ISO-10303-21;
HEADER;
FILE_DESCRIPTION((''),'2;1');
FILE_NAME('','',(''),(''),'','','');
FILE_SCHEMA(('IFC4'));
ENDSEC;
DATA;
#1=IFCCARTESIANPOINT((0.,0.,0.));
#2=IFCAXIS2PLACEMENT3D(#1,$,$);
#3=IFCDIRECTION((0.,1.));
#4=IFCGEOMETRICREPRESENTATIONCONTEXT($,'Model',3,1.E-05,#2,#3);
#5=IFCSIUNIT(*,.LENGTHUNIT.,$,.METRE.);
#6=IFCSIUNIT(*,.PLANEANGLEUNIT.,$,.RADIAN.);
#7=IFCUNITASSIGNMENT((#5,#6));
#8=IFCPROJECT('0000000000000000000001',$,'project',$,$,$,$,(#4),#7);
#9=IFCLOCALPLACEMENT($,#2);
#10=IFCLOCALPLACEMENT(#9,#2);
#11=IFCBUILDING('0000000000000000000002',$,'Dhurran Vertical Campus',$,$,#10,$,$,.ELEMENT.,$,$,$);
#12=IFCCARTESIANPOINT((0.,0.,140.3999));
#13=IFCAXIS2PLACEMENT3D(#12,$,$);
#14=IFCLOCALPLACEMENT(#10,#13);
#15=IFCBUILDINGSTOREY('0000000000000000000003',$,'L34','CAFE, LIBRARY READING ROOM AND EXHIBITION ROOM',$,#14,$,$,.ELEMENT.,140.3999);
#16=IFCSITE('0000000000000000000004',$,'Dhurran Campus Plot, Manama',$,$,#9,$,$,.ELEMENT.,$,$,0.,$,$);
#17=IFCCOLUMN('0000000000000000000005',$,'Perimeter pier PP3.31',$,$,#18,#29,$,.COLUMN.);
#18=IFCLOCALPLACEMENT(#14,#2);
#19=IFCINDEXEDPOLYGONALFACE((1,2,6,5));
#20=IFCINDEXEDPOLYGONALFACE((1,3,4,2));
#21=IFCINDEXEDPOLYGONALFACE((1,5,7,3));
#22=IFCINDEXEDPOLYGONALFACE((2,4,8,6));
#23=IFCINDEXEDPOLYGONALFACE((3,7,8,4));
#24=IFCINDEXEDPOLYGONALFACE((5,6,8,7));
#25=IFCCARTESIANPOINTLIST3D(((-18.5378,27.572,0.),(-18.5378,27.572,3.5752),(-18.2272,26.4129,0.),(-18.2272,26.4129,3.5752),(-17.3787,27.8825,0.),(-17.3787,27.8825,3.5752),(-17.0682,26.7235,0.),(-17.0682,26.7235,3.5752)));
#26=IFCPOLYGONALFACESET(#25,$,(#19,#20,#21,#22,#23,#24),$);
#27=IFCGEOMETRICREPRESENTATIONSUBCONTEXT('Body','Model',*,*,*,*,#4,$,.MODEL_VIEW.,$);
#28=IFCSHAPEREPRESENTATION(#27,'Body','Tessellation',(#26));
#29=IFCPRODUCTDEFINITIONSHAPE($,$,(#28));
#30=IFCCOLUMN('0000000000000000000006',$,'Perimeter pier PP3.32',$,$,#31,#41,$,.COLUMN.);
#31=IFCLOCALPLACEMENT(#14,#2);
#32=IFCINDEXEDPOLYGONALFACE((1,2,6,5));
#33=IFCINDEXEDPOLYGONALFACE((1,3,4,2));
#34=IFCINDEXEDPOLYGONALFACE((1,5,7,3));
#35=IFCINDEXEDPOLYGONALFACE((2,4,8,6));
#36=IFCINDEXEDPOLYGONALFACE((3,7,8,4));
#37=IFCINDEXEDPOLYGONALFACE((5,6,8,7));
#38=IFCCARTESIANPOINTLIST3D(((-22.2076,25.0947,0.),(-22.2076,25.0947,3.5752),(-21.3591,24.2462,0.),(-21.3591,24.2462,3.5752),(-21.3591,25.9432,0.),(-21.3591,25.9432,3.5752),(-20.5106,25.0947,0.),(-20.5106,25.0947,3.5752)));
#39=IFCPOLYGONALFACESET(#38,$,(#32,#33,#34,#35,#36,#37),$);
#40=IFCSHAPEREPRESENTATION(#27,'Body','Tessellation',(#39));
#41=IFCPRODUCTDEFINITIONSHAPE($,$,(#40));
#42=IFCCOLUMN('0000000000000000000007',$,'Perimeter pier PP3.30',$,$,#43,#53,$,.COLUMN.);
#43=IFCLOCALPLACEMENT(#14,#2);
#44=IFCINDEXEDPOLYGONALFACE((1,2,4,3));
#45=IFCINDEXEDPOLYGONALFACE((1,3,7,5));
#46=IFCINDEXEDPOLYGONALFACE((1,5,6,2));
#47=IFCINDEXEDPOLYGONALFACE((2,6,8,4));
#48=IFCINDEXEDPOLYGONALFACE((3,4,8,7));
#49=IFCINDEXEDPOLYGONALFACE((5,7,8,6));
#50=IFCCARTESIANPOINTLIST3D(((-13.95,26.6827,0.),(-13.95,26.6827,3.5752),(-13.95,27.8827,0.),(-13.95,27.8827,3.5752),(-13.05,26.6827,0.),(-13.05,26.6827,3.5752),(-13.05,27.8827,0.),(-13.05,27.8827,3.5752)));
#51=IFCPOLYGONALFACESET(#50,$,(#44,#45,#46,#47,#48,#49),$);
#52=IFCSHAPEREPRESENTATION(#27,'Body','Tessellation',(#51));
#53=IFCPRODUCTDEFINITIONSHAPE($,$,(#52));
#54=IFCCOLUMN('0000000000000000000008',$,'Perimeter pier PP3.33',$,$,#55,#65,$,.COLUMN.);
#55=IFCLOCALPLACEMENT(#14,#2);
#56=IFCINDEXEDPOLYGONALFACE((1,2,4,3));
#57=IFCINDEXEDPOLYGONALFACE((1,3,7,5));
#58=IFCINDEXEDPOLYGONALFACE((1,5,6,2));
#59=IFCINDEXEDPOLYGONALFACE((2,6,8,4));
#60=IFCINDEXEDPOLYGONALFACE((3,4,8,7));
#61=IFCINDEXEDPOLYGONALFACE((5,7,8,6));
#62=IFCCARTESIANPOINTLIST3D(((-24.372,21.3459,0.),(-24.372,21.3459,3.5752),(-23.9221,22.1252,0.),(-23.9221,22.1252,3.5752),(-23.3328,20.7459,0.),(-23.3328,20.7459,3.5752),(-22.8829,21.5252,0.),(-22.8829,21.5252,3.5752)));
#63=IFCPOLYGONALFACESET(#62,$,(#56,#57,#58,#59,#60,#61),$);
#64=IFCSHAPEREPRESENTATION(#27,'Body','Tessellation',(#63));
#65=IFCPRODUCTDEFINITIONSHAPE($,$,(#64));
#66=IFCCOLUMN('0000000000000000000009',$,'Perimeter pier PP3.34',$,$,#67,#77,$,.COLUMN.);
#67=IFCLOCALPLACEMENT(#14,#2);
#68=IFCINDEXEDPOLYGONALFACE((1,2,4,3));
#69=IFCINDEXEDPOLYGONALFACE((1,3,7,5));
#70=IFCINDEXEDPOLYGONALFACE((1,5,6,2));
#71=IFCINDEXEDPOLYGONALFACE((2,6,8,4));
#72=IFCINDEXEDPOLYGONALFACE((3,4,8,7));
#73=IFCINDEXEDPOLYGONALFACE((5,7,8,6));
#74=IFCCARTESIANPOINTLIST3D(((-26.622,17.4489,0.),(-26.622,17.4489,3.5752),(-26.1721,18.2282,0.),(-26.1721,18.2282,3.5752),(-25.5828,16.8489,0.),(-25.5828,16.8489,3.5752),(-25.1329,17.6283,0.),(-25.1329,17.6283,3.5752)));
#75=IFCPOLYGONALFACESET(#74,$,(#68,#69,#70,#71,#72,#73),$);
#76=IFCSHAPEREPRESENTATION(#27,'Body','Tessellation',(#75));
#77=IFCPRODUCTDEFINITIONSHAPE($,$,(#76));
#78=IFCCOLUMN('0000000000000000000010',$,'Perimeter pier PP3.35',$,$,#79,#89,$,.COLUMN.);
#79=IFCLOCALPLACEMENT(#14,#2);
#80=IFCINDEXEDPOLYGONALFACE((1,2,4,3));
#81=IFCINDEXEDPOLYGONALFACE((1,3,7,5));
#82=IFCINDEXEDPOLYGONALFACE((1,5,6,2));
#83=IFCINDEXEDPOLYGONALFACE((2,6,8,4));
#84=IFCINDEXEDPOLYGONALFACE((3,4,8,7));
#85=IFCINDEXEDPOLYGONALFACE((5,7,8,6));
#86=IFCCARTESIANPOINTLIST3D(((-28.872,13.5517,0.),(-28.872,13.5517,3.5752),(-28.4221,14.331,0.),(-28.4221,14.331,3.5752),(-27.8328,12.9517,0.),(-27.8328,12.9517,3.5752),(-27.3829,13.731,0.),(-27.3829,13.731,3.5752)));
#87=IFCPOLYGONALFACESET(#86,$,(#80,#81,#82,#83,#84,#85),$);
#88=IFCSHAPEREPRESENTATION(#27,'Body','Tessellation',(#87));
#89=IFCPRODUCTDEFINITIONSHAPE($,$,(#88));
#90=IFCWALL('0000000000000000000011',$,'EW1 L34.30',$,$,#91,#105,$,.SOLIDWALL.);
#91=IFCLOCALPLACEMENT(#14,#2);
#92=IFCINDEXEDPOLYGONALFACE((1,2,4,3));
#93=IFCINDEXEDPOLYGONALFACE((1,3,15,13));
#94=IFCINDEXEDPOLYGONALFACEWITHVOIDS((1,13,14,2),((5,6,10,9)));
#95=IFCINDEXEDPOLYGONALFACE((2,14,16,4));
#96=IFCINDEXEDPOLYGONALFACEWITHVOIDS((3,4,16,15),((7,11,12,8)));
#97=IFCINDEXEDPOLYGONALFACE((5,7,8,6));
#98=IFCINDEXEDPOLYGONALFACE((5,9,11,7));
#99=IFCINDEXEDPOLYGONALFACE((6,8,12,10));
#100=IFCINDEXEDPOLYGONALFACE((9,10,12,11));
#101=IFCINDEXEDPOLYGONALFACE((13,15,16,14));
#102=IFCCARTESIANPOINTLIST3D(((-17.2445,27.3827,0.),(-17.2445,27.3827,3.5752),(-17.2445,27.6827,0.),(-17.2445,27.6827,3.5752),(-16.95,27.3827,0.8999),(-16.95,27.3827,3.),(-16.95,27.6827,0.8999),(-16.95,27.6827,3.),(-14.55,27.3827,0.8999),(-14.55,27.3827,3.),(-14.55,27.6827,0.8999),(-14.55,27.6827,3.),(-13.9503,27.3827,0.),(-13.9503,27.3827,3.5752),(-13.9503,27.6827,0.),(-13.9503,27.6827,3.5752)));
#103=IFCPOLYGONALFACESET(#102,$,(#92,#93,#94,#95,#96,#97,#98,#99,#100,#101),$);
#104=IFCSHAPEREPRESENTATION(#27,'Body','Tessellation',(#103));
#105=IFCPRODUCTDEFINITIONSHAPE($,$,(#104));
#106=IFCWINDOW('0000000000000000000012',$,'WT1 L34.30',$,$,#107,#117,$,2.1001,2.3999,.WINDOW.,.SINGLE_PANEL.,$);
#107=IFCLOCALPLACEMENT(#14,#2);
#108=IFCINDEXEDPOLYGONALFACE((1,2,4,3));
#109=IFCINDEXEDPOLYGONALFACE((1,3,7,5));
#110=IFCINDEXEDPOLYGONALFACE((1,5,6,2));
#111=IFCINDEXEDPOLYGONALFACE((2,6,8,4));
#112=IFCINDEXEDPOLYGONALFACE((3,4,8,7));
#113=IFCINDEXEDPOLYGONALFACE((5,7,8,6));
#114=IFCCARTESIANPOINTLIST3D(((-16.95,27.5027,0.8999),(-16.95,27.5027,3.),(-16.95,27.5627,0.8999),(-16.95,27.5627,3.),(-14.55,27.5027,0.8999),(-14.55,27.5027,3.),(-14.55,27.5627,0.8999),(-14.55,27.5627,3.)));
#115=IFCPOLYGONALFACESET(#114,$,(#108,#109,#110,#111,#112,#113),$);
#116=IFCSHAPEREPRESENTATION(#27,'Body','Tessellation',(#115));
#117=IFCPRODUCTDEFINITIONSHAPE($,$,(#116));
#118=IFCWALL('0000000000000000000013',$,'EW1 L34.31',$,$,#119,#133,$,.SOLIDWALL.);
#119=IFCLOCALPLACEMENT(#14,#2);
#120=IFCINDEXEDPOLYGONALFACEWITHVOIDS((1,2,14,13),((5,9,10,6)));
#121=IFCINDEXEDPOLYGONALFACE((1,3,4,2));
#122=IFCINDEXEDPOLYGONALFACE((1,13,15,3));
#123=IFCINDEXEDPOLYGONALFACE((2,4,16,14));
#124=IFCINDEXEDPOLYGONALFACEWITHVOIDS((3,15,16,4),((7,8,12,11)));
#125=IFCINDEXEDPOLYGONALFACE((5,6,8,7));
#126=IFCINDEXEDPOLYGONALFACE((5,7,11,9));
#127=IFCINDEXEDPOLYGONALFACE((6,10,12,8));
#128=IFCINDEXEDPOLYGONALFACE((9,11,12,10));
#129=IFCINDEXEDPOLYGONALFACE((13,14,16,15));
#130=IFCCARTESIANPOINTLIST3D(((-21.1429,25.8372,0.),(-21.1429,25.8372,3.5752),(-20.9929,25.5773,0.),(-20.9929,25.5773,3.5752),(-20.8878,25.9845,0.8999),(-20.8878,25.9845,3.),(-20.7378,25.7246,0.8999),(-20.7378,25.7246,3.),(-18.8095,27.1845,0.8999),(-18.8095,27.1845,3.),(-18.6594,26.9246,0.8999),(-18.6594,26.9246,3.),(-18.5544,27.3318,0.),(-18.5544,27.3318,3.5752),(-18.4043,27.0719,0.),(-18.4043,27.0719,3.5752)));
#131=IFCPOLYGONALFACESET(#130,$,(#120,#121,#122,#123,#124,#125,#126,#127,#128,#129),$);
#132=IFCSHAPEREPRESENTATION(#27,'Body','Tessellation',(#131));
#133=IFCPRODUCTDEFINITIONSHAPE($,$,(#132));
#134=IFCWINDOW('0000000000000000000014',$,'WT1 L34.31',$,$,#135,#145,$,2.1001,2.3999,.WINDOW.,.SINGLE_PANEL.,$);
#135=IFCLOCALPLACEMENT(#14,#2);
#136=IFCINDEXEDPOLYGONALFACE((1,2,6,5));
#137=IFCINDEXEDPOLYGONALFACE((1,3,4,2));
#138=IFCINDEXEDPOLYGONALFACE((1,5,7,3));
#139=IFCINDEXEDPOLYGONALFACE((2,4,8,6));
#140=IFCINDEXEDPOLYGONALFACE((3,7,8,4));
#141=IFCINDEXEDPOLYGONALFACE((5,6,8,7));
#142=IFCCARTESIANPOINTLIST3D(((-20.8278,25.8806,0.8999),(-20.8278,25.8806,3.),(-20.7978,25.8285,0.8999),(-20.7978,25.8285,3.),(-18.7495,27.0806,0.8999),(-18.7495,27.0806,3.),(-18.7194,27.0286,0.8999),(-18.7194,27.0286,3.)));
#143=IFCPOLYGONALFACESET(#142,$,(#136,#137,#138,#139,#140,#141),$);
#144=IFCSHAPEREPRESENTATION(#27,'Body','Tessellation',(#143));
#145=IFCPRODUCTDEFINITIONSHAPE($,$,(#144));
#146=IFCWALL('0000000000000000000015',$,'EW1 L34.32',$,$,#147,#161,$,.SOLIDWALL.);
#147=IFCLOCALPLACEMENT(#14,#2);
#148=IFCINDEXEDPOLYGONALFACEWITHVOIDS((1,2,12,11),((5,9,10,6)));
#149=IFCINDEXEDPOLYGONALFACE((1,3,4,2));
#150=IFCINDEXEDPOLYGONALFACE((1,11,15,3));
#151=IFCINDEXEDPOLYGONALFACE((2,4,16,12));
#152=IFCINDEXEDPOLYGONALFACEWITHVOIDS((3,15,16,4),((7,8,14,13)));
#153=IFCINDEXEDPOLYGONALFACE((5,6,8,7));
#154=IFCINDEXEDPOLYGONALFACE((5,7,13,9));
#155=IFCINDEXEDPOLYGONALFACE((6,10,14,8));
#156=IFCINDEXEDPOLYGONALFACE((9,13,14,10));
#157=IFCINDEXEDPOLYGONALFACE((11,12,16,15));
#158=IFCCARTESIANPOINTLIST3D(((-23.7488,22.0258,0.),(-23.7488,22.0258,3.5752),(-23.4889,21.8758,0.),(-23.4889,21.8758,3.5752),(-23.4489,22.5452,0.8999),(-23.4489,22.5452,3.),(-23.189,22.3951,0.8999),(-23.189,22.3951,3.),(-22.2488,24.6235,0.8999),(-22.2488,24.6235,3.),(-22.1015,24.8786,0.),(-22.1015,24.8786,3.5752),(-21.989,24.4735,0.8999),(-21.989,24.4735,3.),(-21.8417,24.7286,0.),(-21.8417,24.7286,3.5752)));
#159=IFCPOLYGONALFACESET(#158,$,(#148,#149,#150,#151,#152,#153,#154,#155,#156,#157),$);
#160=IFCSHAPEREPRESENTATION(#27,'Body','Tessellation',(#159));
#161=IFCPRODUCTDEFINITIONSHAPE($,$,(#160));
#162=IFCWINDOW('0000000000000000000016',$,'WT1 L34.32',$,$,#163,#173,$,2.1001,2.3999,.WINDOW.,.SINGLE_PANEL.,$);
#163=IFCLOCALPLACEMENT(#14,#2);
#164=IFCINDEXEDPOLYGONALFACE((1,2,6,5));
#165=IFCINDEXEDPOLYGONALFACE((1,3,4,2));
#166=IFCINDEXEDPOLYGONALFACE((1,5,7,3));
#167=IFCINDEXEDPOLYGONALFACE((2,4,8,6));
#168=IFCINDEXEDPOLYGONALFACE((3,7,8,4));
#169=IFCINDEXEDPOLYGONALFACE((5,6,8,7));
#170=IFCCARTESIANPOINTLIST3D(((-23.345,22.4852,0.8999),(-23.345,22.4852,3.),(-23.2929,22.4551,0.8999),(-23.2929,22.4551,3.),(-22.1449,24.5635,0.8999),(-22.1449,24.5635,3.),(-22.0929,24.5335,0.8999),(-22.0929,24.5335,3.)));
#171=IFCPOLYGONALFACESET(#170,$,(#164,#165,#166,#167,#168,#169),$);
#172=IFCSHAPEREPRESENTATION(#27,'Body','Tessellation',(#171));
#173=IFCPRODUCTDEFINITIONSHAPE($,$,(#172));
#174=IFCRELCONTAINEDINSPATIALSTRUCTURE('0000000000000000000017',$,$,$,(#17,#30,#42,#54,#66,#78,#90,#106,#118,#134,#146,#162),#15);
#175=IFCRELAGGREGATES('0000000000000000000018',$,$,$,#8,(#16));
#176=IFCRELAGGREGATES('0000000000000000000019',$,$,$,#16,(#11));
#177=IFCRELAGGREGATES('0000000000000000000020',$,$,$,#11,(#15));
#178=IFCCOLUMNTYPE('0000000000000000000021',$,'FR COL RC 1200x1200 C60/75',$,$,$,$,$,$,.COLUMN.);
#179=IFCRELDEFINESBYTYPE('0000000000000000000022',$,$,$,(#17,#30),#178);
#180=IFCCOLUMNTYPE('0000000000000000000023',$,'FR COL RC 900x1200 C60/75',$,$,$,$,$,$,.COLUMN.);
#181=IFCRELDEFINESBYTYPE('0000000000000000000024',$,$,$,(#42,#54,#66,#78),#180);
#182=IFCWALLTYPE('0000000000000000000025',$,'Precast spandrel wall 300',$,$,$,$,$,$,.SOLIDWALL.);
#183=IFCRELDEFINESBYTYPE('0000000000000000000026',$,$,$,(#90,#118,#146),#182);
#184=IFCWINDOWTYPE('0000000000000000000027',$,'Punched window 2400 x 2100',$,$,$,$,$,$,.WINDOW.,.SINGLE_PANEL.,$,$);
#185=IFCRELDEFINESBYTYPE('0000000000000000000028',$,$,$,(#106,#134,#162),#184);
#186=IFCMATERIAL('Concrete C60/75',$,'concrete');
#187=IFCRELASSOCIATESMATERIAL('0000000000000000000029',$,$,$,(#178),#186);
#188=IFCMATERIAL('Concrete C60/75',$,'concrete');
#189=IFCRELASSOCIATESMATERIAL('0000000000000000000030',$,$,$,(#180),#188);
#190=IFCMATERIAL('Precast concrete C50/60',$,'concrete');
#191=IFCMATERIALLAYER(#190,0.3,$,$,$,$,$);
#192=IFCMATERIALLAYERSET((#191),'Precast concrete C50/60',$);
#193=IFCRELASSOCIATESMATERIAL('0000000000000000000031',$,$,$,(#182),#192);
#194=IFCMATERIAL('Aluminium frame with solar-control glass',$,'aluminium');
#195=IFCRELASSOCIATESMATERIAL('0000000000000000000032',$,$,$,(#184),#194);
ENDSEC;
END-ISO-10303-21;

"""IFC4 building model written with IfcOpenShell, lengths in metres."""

from ifc_helpers import new_model, si_unit, direction, frame, frame_2d, origin, origin_2d, place, context, subcontext, project, spatial, rectangle, extrude, material, layer, layer_set, material_profile, profile_set, type_object, element, fill, save


model = new_model("IFC4")

# Units and contexts
model_context = context("Model", 3, precision=1e-05, world=origin(), true_north=direction((0.0, 1.0)))
body_context = subcontext(model_context, "Body", "Model", "MODEL_VIEW")
ifc_project = project(units=[si_unit("LENGTHUNIT", "METRE"), si_unit("PLANEANGLEUNIT", "RADIAN")], contexts=[model_context])

# Site, building, storey
site_placement = place(None, origin())
site = spatial("IfcSite", under=ifc_project, at=site_placement, Name="Dhurran Campus Plot, Manama", CompositionType="ELEMENT", RefElevation=0.0)
building_placement = place(site_placement, origin())
building = spatial("IfcBuilding", under=site, at=building_placement, Name="Dhurran Vertical Campus", CompositionType="ELEMENT")
storey_placement = place(building_placement, frame((0.0, 0.0, 140.3999)))
storey = spatial("IfcBuildingStorey", under=building, at=storey_placement, Name="L34", Description="CAFE, LIBRARY READING ROOM AND EXHIBITION ROOM", CompositionType="ELEMENT", Elevation=140.3999)

# Columns
ifc_material_1 = material(Name="Concrete C60/75", Category="concrete")
ifc_material_profile_1 = material_profile(ifc_material_1, rectangle(XDim=1.2, YDim=1.2, at=origin_2d()), Name="RC 1200x1200")
ifc_profile_set_1 = profile_set([ifc_material_profile_1], Name="Concrete C60/75")
column_type_1 = type_object("IfcColumnType", Name="FR COL RC 1200x1200 C60/75", PredefinedType="COLUMN", material=ifc_profile_set_1)
for number, where, z_axis, x_axis, name in (
    (1, (-17.803, 27.1477, 0.0), (0.0, 0.0, 1.0), (-0.965926, -0.258819, 0.0), "Perimeter pier PP3.31"),
    (2, (-21.3591, 25.0947, 0.0), (0.0, 0.0, 1.0), (-0.707107, -0.707107, 0.0), "Perimeter pier PP3.32"),
):
    element("IfcColumn", number, at=place(storey_placement, frame(where, z_axis=z_axis, x_axis=x_axis)), inside=storey, type_object=column_type_1, Name=name, PredefinedType="COLUMN", context=body_context, shape_type="SweptSolid", body=[
        extrude(rectangle(XDim=1.2, YDim=1.2, at=origin_2d()), origin(), (0.0, 0.0, 1.0), 3.5752),
    ])
ifc_material_2 = material(Name="Concrete C60/75", Category="concrete")
ifc_material_profile_2 = material_profile(ifc_material_2, rectangle(XDim=0.8999, YDim=1.2, at=origin_2d()), Name="RC 900x1200")
ifc_profile_set_2 = profile_set([ifc_material_profile_2], Name="Concrete C60/75")
column_type_2 = type_object("IfcColumnType", Name="FR COL RC 900x1200 C60/75", PredefinedType="COLUMN", material=ifc_profile_set_2)
for number, where, z_axis, x_axis, name in (
    (3, (-13.5, 27.2827, 0.0), (0.0, 0.0, 1.0), (-1.0, 0.0, 0.0), "Perimeter pier PP3.30"),
    (4, (-23.6274, 21.4355, 0.0), (0.0, 0.0, 1.0), (-0.5, -0.866025, 0.0), "Perimeter pier PP3.33"),
    (5, (-25.8774, 17.5386, 0.0), (0.0, 0.0, 1.0), (-0.5, -0.866025, 0.0), "Perimeter pier PP3.34"),
    (6, (-28.1274, 13.6414, 0.0), (0.0, 0.0, 1.0), (-0.5, -0.866025, 0.0), "Perimeter pier PP3.35"),
):
    element("IfcColumn", number, at=place(storey_placement, frame(where, z_axis=z_axis, x_axis=x_axis)), inside=storey, type_object=column_type_2, Name=name, PredefinedType="COLUMN", context=body_context, shape_type="SweptSolid", body=[
        extrude(rectangle(XDim=0.8999, YDim=1.2, at=origin_2d()), origin(), (0.0, 0.0, 1.0), 3.5752),
    ])

# Walls, openings, windows
ifc_material_3 = material(Name="Precast concrete C50/60", Category="concrete")
ifc_layer_1 = layer(ifc_material_3, 0.3)
ifc_layer_set_1 = layer_set([ifc_layer_1], Name="Precast concrete C50/60")
wall_type_1 = type_object("IfcWallType", Name="Precast spandrel wall 300", PredefinedType="SOLIDWALL", material=ifc_layer_set_1)
wall_1_placement = place(storey_placement, frame((-13.9504, 27.5327, 0.0), z_axis=(0.0, 0.0, 1.0), x_axis=(-1.0, 0.0, 0.0)))
wall_1 = element("IfcWall", 7, at=wall_1_placement, inside=storey, type_object=wall_type_1, Name="EW1 L34.30", PredefinedType="SOLIDWALL", context=body_context, shape_type="SweptSolid", body=[
    extrude(rectangle(XDim=3.2942, YDim=0.3, at=frame_2d((1.647, 0.0))), origin(), (0.0, 0.0, 1.0), 3.5752),
])
opening_1_placement = place(wall_1_placement, frame((0.5996, 0.0, 0.8999)))
opening_1 = element("IfcOpeningElement", 8, at=opening_1_placement, cuts=wall_1, PredefinedType="OPENING", context=body_context, shape_type="SweptSolid", body=[
    extrude(rectangle(XDim=2.3999, YDim=2.1001, at=frame_2d((1.2, 1.05))), frame((0.0, 0.1599, 0.0), z_axis=(0.0, -1.0, 0.0), x_axis=(1.0, 0.0, 0.0)), (0.0, 0.0, 1.0), 0.3201),
])
ifc_material_4 = material(Name="Aluminium frame with solar-control glass", Category="aluminium")
window_type = type_object("IfcWindowType", Name="Punched window 2400 x 2100", PartitioningType="SINGLE_PANEL", PredefinedType="WINDOW", material=ifc_material_4)
window_1_placement = place(opening_1_placement, origin())
window_1 = element("IfcWindow", 9, at=window_1_placement, inside=storey, type_object=window_type, Name="WT1 L34.30", OverallHeight=2.1001, OverallWidth=2.3999, PartitioningType="SINGLE_PANEL", PredefinedType="WINDOW", context=body_context, shape_type="SweptSolid", body=[
    extrude(rectangle(XDim=2.3999, YDim=2.1001, at=frame_2d((1.2, 1.05))), frame((0.0, 0.03, 0.0), z_axis=(0.0, -1.0, 0.0), x_axis=(1.0, 0.0, 0.0)), (0.0, 0.0, 1.0), 0.0601),
])
fill(opening_1, window_1)
wall_2_placement = place(storey_placement, frame((-18.4792, 27.2019, 0.0), z_axis=(0.0, 0.0, 1.0), x_axis=(-0.866013, -0.500022, 0.0)))
wall_2 = element("IfcWall", 10, at=wall_2_placement, inside=storey, type_object=wall_type_1, Name="EW1 L34.31", PredefinedType="SOLIDWALL", context=body_context, shape_type="SweptSolid", body=[
    extrude(rectangle(XDim=2.989, YDim=0.3, at=frame_2d((1.4946, 0.0))), origin(), (0.0, 0.0, 1.0), 3.5752),
])
opening_2_placement = place(wall_2_placement, frame((0.2947, 0.0, 0.8999)))
opening_2 = element("IfcOpeningElement", 11, at=opening_2_placement, cuts=wall_2, PredefinedType="OPENING", context=body_context, shape_type="SweptSolid", body=[
    extrude(rectangle(XDim=2.3999, YDim=2.1001, at=frame_2d((1.2, 1.05))), frame((0.0, 0.1599, 0.0), z_axis=(0.0, -1.0, 0.0), x_axis=(1.0, 0.0, 0.0)), (0.0, 0.0, 1.0), 0.3201),
])
window_2_placement = place(opening_2_placement, origin())
window_2 = element("IfcWindow", 12, at=window_2_placement, inside=storey, type_object=window_type, Name="WT1 L34.31", OverallHeight=2.1001, OverallWidth=2.3999, PartitioningType="SINGLE_PANEL", PredefinedType="WINDOW", context=body_context, shape_type="SweptSolid", body=[
    extrude(rectangle(XDim=2.3999, YDim=2.1001, at=frame_2d((1.2, 1.05))), frame((0.0, 0.03, 0.0), z_axis=(0.0, -1.0, 0.0), x_axis=(1.0, 0.0, 0.0)), (0.0, 0.0, 1.0), 0.0601),
])
fill(opening_2, window_2)
wall_3_placement = place(storey_placement, frame((-21.9717, 24.8035, 0.0), z_axis=(0.0, 0.0, 1.0), x_axis=(-0.500037, -0.866004, 0.0)))
wall_3 = element("IfcWall", 13, at=wall_3_placement, inside=storey, type_object=wall_type_1, Name="EW1 L34.32", PredefinedType="SOLIDWALL", context=body_context, shape_type="SweptSolid", body=[
    extrude(rectangle(XDim=3.2942, YDim=0.3, at=frame_2d((1.647, 0.0))), origin(), (0.0, 0.0, 1.0), 3.5752),
])
opening_3_placement = place(wall_3_placement, frame((0.2944, 0.0, 0.8999)))
opening_3 = element("IfcOpeningElement", 14, at=opening_3_placement, cuts=wall_3, PredefinedType="OPENING", context=body_context, shape_type="SweptSolid", body=[
    extrude(rectangle(XDim=2.3999, YDim=2.1001, at=frame_2d((1.2, 1.05))), frame((0.0, 0.1599, 0.0), z_axis=(0.0, -1.0, 0.0), x_axis=(1.0, 0.0, 0.0)), (0.0, 0.0, 1.0), 0.3201),
])
window_3_placement = place(opening_3_placement, origin())
window_3 = element("IfcWindow", 15, at=window_3_placement, inside=storey, type_object=window_type, Name="WT1 L34.32", OverallHeight=2.1001, OverallWidth=2.3999, PartitioningType="SINGLE_PANEL", PredefinedType="WINDOW", context=body_context, shape_type="SweptSolid", body=[
    extrude(rectangle(XDim=2.3999, YDim=2.1001, at=frame_2d((1.2, 1.05))), frame((0.0, 0.03, 0.0), z_axis=(0.0, -1.0, 0.0), x_axis=(1.0, 0.0, 0.0)), (0.0, 0.0, 1.0), 0.0601),
])
fill(opening_3, window_3)

save(model, "model.ifc")
